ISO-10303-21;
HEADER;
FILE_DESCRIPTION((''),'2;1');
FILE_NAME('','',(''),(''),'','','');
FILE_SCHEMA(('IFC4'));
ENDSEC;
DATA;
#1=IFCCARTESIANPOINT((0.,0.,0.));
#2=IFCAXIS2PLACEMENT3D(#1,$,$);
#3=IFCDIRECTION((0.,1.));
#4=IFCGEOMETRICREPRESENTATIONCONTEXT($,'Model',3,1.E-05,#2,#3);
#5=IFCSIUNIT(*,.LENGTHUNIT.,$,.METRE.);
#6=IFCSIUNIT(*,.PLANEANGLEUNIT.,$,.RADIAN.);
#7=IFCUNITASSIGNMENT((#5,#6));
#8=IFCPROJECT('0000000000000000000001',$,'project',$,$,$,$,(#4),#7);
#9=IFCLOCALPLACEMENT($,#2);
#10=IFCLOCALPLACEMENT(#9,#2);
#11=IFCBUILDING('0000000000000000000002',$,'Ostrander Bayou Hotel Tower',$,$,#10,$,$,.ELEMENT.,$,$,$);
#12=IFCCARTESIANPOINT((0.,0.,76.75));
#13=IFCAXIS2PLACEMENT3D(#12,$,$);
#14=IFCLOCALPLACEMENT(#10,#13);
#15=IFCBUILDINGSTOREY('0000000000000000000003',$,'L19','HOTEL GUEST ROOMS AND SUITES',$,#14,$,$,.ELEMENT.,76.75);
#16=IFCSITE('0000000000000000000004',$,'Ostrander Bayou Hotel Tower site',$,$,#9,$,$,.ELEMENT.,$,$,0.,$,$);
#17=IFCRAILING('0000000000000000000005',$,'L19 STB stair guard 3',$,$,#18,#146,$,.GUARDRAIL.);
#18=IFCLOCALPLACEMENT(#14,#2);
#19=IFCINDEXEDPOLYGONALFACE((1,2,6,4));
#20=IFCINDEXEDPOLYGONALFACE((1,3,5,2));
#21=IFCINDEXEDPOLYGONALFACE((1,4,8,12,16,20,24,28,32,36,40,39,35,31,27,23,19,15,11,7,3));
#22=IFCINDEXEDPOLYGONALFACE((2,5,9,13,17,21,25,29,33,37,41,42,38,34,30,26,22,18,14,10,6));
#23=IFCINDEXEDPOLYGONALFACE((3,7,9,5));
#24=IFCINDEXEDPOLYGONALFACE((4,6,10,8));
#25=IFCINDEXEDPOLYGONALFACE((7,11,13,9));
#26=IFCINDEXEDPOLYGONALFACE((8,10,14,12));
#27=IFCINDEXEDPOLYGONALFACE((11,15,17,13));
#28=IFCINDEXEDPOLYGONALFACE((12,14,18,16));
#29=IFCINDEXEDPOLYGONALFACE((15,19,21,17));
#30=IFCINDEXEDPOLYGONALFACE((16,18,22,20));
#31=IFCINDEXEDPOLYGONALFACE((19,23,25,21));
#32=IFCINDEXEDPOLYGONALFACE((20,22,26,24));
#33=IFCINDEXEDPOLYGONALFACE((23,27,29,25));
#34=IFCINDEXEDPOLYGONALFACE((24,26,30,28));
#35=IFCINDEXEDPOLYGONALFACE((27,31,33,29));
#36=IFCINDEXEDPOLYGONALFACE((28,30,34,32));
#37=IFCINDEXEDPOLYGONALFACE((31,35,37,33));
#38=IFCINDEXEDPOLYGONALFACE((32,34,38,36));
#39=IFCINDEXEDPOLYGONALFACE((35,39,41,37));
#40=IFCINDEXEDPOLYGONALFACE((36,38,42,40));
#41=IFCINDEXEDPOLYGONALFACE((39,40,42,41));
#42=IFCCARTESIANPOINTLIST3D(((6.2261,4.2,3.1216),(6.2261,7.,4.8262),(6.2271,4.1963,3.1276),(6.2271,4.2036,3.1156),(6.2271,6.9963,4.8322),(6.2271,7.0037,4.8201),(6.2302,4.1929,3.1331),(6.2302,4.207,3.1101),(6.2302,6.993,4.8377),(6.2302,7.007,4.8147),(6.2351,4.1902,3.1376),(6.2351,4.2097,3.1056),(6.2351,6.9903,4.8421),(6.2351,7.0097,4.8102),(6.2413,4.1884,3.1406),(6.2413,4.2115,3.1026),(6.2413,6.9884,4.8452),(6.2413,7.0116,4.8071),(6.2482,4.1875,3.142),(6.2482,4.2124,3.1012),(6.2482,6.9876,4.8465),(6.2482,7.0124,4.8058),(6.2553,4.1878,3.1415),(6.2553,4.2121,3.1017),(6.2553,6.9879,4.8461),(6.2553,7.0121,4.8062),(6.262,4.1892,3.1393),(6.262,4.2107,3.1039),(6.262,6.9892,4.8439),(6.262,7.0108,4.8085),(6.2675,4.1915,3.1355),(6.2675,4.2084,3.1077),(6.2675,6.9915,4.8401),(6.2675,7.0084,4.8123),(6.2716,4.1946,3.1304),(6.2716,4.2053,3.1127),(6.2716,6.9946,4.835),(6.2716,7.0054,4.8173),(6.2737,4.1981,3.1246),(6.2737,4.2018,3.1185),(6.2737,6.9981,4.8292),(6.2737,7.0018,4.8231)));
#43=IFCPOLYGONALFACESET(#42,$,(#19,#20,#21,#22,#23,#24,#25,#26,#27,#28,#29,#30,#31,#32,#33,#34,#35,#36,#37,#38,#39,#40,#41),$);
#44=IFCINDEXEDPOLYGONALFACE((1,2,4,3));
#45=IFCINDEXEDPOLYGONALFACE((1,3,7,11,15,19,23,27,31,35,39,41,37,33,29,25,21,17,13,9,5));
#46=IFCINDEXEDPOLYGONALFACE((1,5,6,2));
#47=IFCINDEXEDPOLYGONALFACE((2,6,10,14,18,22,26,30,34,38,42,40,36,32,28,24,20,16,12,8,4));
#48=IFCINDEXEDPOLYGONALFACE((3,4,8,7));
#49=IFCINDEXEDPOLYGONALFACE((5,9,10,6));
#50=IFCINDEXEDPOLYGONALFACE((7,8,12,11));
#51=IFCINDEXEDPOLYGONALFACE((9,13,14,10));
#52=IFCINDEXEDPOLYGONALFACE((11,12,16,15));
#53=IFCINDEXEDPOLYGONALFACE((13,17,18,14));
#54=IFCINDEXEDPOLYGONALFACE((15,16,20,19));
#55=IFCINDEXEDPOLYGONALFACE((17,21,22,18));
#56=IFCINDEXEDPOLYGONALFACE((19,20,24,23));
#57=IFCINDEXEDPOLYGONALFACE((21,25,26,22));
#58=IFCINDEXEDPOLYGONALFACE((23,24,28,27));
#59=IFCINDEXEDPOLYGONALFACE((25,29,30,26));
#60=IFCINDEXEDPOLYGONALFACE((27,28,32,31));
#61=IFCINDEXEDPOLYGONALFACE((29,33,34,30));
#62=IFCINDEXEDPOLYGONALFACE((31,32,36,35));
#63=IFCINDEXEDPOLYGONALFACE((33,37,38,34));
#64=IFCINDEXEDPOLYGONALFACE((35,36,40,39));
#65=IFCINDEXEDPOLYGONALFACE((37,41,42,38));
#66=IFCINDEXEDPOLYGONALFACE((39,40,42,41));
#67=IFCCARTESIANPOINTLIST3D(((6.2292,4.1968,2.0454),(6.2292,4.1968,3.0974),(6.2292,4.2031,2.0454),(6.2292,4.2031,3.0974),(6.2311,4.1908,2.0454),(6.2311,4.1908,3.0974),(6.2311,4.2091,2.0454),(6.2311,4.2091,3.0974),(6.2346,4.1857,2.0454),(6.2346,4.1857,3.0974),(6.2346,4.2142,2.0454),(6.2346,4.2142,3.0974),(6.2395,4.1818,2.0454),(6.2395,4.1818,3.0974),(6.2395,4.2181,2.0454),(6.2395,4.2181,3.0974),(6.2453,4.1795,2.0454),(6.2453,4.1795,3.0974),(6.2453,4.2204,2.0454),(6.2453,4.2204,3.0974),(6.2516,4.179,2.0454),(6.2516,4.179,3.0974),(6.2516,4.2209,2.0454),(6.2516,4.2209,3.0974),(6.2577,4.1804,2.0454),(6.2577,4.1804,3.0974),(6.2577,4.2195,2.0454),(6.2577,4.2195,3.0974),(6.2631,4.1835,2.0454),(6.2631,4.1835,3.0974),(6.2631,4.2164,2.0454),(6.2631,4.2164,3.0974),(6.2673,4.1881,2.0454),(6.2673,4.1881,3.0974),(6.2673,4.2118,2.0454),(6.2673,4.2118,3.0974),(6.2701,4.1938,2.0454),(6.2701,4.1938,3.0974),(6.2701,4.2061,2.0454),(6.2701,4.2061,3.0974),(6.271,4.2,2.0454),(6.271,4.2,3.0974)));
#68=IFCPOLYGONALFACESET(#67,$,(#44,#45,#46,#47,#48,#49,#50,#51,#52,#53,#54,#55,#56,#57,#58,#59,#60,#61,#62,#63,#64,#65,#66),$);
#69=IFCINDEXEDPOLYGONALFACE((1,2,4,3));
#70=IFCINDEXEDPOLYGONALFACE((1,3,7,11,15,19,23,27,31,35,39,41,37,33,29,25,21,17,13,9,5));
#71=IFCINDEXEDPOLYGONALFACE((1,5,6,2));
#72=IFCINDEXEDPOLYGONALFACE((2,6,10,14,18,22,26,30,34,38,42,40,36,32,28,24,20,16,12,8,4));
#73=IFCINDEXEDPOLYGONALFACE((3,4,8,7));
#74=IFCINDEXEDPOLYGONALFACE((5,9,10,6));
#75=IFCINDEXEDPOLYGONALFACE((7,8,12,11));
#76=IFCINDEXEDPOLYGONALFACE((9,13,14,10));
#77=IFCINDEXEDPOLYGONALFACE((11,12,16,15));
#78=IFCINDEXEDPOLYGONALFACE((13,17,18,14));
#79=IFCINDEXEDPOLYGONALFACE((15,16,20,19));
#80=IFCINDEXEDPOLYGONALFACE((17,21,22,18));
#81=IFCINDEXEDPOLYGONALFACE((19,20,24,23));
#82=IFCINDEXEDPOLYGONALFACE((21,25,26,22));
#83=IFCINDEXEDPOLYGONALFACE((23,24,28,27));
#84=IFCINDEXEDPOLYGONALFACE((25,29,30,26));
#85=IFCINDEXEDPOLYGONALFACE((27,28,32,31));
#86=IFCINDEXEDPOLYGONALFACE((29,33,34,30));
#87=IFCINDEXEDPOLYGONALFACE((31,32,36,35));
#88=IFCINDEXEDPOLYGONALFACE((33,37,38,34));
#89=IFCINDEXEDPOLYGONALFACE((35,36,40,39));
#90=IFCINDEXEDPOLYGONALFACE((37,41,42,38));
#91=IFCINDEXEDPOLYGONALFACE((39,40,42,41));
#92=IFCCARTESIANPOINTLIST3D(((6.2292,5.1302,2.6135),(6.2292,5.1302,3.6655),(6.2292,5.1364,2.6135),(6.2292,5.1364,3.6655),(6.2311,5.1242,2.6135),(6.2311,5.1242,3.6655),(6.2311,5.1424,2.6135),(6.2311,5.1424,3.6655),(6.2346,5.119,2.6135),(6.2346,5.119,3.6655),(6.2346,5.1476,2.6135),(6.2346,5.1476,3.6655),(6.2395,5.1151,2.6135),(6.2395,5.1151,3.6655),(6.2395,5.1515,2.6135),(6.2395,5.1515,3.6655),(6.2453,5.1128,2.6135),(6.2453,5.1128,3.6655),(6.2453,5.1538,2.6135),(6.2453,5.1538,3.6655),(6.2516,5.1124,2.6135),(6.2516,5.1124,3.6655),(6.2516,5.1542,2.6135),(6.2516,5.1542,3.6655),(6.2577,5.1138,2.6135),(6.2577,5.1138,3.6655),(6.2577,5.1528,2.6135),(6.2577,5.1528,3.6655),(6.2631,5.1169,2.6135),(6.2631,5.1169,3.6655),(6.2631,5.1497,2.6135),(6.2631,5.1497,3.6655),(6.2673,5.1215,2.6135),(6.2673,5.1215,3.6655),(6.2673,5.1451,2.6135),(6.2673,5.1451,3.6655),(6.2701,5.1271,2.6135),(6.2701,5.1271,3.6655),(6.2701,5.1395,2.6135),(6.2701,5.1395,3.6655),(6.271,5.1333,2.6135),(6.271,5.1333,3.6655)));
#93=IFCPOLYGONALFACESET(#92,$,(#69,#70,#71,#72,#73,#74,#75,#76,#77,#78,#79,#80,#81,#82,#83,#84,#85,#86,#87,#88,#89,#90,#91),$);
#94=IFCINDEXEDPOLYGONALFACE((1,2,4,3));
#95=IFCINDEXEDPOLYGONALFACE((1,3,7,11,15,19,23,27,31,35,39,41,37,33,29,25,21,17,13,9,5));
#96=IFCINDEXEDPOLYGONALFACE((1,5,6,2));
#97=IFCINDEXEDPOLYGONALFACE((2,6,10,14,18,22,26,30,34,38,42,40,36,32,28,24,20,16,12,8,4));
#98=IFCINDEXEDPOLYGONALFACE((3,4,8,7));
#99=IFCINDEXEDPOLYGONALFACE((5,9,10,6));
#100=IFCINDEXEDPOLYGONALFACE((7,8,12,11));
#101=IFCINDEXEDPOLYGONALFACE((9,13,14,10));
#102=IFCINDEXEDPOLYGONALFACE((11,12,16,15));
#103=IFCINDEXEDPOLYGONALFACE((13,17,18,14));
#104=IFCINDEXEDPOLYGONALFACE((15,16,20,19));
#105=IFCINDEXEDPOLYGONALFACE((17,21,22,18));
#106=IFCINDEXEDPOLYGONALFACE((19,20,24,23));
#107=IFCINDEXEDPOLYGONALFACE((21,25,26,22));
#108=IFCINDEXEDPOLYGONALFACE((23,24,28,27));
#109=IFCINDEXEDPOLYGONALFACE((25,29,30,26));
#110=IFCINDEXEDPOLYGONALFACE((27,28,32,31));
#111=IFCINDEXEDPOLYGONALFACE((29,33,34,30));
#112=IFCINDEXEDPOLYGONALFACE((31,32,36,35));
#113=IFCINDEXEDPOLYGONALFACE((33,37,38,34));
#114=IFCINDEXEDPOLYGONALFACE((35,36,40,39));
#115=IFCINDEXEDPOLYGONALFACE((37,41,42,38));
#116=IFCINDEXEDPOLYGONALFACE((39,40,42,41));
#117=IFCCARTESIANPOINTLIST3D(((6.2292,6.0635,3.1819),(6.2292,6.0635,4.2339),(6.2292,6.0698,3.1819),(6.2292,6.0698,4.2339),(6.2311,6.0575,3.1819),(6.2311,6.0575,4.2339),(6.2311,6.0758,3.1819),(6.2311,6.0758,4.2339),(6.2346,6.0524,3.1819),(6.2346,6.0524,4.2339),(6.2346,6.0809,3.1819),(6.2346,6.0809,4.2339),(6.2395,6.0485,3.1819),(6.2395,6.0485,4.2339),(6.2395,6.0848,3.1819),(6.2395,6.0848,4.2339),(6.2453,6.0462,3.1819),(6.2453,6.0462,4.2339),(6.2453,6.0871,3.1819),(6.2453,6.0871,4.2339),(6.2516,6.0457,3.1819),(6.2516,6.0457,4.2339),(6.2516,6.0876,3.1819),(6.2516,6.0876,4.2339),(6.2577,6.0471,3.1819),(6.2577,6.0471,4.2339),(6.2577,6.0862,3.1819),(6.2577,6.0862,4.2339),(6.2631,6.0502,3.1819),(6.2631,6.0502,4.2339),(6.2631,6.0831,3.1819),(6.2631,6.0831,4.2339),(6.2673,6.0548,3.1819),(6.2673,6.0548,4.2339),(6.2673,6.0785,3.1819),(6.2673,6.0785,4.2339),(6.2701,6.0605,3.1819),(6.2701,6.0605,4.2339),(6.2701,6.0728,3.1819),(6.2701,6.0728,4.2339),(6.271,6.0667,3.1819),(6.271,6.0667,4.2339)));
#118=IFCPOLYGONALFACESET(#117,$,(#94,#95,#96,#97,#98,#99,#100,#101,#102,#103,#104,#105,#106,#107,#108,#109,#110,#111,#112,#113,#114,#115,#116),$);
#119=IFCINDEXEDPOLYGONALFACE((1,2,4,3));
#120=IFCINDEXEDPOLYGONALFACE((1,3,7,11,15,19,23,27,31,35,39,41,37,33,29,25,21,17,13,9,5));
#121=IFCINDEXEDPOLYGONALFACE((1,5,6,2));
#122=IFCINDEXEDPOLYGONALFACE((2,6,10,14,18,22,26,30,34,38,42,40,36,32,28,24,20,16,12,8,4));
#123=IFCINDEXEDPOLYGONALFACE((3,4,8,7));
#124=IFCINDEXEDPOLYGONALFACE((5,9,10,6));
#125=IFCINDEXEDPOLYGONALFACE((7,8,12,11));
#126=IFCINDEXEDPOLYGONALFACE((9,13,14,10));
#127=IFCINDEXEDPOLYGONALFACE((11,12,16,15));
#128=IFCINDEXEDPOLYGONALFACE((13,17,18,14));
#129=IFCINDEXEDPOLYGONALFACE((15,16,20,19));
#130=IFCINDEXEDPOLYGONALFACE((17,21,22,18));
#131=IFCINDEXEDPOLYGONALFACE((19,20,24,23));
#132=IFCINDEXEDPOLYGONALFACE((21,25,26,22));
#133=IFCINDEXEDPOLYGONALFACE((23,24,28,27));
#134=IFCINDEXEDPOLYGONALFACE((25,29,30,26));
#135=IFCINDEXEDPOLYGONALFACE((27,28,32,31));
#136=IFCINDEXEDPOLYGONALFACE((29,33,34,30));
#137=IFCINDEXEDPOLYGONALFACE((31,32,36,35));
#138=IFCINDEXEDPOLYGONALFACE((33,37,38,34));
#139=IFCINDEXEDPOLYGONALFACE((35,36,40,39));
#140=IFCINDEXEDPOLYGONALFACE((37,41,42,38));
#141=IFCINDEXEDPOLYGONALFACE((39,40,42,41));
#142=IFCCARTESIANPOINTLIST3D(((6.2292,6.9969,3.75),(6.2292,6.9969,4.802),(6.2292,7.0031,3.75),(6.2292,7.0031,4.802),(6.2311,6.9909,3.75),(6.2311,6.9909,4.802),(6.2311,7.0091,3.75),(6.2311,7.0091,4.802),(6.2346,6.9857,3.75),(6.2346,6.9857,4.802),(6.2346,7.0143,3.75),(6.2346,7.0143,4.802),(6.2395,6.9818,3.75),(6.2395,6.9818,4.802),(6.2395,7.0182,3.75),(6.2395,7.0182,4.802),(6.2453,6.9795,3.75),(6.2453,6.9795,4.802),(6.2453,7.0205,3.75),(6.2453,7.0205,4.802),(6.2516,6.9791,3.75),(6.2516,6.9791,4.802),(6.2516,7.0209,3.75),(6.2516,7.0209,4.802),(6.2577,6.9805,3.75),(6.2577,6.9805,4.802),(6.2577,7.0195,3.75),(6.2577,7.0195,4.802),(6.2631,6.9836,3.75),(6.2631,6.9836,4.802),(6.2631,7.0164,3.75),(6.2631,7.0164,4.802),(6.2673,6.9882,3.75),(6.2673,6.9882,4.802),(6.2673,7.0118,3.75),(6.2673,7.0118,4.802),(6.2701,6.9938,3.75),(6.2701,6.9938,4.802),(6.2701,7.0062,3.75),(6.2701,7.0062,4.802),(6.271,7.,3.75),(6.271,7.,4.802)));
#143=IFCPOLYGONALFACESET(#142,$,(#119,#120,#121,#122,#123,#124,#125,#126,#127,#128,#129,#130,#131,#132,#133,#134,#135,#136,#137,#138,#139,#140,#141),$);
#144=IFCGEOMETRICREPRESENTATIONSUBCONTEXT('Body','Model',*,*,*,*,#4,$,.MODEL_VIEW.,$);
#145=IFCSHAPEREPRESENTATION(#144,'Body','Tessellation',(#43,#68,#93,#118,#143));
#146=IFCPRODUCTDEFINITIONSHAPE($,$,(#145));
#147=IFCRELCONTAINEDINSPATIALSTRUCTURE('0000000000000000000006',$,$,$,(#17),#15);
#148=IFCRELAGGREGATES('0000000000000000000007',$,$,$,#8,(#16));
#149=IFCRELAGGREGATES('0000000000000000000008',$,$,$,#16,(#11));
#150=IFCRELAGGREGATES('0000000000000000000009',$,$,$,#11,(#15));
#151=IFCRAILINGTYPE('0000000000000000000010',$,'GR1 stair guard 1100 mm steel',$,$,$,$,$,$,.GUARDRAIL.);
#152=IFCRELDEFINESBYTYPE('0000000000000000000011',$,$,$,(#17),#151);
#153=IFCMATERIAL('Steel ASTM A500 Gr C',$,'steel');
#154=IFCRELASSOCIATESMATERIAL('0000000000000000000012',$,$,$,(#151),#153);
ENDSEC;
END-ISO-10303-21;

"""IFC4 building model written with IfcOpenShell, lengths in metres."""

from ifc_helpers import new_model, si_unit, direction, frame, origin, origin_2d, place, context, subcontext, project, spatial, circle, extrude, material, type_object, element, save


model = new_model("IFC4")

# Units and contexts
model_context = context("Model", 3, precision=1e-05, world=origin(), true_north=direction((0.0, 1.0)))
body_context = subcontext(model_context, "Body", "Model", "MODEL_VIEW")
ifc_project = project(units=[si_unit("LENGTHUNIT", "METRE"), si_unit("PLANEANGLEUNIT", "RADIAN")], contexts=[model_context])

# Site, building, storey
site_placement = place(None, origin())
site = spatial("IfcSite", under=ifc_project, at=site_placement, Name="Ostrander Bayou Hotel Tower site", CompositionType="ELEMENT", RefElevation=0.0)
building_placement = place(site_placement, origin())
building = spatial("IfcBuilding", under=site, at=building_placement, Name="Ostrander Bayou Hotel Tower", CompositionType="ELEMENT")
storey_placement = place(building_placement, frame((0.0, 0.0, 76.75)))
storey = spatial("IfcBuildingStorey", under=building, at=storey_placement, Name="L19", Description="HOTEL GUEST ROOMS AND SUITES", CompositionType="ELEMENT", Elevation=76.75)

# Railing
ifc_material_1 = material(Name="Steel ASTM A500 Gr C", Category="steel")
railing_type_1 = type_object("IfcRailingType", Name="GR1 stair guard 1100 mm steel", PredefinedType="GUARDRAIL", material=ifc_material_1)
railing_1_placement = place(storey_placement, frame((6.25, 4.2, 2.0454)))
element("IfcRailing", 1, at=railing_1_placement, inside=storey, type_object=railing_type_1, Name="L19 STB stair guard 3", PredefinedType="GUARDRAIL", context=body_context, shape_type="SweptSolid", body=[
    extrude(circle(Radius=0.0239, at=origin_2d()), frame((0.0, 0.0, 1.0762), z_axis=(0.0, 0.85417, 0.519994), x_axis=(-1.0, 0.0, 0.0)), (0.0, 0.0, 1.0), 3.2781),
    extrude(circle(Radius=0.021, at=origin_2d()), origin(), (0.0, 0.0, 1.0), 1.052),
    extrude(circle(Radius=0.021, at=origin_2d()), frame((0.0, 0.9333, 0.5681)), (0.0, 0.0, 1.0), 1.052),
    extrude(circle(Radius=0.021, at=origin_2d()), frame((0.0, 1.8667, 1.1365)), (0.0, 0.0, 1.0), 1.052),
    extrude(circle(Radius=0.021, at=origin_2d()), frame((0.0, 2.8, 1.7046)), (0.0, 0.0, 1.0), 1.052),
])

save(model, "model.ifc")
